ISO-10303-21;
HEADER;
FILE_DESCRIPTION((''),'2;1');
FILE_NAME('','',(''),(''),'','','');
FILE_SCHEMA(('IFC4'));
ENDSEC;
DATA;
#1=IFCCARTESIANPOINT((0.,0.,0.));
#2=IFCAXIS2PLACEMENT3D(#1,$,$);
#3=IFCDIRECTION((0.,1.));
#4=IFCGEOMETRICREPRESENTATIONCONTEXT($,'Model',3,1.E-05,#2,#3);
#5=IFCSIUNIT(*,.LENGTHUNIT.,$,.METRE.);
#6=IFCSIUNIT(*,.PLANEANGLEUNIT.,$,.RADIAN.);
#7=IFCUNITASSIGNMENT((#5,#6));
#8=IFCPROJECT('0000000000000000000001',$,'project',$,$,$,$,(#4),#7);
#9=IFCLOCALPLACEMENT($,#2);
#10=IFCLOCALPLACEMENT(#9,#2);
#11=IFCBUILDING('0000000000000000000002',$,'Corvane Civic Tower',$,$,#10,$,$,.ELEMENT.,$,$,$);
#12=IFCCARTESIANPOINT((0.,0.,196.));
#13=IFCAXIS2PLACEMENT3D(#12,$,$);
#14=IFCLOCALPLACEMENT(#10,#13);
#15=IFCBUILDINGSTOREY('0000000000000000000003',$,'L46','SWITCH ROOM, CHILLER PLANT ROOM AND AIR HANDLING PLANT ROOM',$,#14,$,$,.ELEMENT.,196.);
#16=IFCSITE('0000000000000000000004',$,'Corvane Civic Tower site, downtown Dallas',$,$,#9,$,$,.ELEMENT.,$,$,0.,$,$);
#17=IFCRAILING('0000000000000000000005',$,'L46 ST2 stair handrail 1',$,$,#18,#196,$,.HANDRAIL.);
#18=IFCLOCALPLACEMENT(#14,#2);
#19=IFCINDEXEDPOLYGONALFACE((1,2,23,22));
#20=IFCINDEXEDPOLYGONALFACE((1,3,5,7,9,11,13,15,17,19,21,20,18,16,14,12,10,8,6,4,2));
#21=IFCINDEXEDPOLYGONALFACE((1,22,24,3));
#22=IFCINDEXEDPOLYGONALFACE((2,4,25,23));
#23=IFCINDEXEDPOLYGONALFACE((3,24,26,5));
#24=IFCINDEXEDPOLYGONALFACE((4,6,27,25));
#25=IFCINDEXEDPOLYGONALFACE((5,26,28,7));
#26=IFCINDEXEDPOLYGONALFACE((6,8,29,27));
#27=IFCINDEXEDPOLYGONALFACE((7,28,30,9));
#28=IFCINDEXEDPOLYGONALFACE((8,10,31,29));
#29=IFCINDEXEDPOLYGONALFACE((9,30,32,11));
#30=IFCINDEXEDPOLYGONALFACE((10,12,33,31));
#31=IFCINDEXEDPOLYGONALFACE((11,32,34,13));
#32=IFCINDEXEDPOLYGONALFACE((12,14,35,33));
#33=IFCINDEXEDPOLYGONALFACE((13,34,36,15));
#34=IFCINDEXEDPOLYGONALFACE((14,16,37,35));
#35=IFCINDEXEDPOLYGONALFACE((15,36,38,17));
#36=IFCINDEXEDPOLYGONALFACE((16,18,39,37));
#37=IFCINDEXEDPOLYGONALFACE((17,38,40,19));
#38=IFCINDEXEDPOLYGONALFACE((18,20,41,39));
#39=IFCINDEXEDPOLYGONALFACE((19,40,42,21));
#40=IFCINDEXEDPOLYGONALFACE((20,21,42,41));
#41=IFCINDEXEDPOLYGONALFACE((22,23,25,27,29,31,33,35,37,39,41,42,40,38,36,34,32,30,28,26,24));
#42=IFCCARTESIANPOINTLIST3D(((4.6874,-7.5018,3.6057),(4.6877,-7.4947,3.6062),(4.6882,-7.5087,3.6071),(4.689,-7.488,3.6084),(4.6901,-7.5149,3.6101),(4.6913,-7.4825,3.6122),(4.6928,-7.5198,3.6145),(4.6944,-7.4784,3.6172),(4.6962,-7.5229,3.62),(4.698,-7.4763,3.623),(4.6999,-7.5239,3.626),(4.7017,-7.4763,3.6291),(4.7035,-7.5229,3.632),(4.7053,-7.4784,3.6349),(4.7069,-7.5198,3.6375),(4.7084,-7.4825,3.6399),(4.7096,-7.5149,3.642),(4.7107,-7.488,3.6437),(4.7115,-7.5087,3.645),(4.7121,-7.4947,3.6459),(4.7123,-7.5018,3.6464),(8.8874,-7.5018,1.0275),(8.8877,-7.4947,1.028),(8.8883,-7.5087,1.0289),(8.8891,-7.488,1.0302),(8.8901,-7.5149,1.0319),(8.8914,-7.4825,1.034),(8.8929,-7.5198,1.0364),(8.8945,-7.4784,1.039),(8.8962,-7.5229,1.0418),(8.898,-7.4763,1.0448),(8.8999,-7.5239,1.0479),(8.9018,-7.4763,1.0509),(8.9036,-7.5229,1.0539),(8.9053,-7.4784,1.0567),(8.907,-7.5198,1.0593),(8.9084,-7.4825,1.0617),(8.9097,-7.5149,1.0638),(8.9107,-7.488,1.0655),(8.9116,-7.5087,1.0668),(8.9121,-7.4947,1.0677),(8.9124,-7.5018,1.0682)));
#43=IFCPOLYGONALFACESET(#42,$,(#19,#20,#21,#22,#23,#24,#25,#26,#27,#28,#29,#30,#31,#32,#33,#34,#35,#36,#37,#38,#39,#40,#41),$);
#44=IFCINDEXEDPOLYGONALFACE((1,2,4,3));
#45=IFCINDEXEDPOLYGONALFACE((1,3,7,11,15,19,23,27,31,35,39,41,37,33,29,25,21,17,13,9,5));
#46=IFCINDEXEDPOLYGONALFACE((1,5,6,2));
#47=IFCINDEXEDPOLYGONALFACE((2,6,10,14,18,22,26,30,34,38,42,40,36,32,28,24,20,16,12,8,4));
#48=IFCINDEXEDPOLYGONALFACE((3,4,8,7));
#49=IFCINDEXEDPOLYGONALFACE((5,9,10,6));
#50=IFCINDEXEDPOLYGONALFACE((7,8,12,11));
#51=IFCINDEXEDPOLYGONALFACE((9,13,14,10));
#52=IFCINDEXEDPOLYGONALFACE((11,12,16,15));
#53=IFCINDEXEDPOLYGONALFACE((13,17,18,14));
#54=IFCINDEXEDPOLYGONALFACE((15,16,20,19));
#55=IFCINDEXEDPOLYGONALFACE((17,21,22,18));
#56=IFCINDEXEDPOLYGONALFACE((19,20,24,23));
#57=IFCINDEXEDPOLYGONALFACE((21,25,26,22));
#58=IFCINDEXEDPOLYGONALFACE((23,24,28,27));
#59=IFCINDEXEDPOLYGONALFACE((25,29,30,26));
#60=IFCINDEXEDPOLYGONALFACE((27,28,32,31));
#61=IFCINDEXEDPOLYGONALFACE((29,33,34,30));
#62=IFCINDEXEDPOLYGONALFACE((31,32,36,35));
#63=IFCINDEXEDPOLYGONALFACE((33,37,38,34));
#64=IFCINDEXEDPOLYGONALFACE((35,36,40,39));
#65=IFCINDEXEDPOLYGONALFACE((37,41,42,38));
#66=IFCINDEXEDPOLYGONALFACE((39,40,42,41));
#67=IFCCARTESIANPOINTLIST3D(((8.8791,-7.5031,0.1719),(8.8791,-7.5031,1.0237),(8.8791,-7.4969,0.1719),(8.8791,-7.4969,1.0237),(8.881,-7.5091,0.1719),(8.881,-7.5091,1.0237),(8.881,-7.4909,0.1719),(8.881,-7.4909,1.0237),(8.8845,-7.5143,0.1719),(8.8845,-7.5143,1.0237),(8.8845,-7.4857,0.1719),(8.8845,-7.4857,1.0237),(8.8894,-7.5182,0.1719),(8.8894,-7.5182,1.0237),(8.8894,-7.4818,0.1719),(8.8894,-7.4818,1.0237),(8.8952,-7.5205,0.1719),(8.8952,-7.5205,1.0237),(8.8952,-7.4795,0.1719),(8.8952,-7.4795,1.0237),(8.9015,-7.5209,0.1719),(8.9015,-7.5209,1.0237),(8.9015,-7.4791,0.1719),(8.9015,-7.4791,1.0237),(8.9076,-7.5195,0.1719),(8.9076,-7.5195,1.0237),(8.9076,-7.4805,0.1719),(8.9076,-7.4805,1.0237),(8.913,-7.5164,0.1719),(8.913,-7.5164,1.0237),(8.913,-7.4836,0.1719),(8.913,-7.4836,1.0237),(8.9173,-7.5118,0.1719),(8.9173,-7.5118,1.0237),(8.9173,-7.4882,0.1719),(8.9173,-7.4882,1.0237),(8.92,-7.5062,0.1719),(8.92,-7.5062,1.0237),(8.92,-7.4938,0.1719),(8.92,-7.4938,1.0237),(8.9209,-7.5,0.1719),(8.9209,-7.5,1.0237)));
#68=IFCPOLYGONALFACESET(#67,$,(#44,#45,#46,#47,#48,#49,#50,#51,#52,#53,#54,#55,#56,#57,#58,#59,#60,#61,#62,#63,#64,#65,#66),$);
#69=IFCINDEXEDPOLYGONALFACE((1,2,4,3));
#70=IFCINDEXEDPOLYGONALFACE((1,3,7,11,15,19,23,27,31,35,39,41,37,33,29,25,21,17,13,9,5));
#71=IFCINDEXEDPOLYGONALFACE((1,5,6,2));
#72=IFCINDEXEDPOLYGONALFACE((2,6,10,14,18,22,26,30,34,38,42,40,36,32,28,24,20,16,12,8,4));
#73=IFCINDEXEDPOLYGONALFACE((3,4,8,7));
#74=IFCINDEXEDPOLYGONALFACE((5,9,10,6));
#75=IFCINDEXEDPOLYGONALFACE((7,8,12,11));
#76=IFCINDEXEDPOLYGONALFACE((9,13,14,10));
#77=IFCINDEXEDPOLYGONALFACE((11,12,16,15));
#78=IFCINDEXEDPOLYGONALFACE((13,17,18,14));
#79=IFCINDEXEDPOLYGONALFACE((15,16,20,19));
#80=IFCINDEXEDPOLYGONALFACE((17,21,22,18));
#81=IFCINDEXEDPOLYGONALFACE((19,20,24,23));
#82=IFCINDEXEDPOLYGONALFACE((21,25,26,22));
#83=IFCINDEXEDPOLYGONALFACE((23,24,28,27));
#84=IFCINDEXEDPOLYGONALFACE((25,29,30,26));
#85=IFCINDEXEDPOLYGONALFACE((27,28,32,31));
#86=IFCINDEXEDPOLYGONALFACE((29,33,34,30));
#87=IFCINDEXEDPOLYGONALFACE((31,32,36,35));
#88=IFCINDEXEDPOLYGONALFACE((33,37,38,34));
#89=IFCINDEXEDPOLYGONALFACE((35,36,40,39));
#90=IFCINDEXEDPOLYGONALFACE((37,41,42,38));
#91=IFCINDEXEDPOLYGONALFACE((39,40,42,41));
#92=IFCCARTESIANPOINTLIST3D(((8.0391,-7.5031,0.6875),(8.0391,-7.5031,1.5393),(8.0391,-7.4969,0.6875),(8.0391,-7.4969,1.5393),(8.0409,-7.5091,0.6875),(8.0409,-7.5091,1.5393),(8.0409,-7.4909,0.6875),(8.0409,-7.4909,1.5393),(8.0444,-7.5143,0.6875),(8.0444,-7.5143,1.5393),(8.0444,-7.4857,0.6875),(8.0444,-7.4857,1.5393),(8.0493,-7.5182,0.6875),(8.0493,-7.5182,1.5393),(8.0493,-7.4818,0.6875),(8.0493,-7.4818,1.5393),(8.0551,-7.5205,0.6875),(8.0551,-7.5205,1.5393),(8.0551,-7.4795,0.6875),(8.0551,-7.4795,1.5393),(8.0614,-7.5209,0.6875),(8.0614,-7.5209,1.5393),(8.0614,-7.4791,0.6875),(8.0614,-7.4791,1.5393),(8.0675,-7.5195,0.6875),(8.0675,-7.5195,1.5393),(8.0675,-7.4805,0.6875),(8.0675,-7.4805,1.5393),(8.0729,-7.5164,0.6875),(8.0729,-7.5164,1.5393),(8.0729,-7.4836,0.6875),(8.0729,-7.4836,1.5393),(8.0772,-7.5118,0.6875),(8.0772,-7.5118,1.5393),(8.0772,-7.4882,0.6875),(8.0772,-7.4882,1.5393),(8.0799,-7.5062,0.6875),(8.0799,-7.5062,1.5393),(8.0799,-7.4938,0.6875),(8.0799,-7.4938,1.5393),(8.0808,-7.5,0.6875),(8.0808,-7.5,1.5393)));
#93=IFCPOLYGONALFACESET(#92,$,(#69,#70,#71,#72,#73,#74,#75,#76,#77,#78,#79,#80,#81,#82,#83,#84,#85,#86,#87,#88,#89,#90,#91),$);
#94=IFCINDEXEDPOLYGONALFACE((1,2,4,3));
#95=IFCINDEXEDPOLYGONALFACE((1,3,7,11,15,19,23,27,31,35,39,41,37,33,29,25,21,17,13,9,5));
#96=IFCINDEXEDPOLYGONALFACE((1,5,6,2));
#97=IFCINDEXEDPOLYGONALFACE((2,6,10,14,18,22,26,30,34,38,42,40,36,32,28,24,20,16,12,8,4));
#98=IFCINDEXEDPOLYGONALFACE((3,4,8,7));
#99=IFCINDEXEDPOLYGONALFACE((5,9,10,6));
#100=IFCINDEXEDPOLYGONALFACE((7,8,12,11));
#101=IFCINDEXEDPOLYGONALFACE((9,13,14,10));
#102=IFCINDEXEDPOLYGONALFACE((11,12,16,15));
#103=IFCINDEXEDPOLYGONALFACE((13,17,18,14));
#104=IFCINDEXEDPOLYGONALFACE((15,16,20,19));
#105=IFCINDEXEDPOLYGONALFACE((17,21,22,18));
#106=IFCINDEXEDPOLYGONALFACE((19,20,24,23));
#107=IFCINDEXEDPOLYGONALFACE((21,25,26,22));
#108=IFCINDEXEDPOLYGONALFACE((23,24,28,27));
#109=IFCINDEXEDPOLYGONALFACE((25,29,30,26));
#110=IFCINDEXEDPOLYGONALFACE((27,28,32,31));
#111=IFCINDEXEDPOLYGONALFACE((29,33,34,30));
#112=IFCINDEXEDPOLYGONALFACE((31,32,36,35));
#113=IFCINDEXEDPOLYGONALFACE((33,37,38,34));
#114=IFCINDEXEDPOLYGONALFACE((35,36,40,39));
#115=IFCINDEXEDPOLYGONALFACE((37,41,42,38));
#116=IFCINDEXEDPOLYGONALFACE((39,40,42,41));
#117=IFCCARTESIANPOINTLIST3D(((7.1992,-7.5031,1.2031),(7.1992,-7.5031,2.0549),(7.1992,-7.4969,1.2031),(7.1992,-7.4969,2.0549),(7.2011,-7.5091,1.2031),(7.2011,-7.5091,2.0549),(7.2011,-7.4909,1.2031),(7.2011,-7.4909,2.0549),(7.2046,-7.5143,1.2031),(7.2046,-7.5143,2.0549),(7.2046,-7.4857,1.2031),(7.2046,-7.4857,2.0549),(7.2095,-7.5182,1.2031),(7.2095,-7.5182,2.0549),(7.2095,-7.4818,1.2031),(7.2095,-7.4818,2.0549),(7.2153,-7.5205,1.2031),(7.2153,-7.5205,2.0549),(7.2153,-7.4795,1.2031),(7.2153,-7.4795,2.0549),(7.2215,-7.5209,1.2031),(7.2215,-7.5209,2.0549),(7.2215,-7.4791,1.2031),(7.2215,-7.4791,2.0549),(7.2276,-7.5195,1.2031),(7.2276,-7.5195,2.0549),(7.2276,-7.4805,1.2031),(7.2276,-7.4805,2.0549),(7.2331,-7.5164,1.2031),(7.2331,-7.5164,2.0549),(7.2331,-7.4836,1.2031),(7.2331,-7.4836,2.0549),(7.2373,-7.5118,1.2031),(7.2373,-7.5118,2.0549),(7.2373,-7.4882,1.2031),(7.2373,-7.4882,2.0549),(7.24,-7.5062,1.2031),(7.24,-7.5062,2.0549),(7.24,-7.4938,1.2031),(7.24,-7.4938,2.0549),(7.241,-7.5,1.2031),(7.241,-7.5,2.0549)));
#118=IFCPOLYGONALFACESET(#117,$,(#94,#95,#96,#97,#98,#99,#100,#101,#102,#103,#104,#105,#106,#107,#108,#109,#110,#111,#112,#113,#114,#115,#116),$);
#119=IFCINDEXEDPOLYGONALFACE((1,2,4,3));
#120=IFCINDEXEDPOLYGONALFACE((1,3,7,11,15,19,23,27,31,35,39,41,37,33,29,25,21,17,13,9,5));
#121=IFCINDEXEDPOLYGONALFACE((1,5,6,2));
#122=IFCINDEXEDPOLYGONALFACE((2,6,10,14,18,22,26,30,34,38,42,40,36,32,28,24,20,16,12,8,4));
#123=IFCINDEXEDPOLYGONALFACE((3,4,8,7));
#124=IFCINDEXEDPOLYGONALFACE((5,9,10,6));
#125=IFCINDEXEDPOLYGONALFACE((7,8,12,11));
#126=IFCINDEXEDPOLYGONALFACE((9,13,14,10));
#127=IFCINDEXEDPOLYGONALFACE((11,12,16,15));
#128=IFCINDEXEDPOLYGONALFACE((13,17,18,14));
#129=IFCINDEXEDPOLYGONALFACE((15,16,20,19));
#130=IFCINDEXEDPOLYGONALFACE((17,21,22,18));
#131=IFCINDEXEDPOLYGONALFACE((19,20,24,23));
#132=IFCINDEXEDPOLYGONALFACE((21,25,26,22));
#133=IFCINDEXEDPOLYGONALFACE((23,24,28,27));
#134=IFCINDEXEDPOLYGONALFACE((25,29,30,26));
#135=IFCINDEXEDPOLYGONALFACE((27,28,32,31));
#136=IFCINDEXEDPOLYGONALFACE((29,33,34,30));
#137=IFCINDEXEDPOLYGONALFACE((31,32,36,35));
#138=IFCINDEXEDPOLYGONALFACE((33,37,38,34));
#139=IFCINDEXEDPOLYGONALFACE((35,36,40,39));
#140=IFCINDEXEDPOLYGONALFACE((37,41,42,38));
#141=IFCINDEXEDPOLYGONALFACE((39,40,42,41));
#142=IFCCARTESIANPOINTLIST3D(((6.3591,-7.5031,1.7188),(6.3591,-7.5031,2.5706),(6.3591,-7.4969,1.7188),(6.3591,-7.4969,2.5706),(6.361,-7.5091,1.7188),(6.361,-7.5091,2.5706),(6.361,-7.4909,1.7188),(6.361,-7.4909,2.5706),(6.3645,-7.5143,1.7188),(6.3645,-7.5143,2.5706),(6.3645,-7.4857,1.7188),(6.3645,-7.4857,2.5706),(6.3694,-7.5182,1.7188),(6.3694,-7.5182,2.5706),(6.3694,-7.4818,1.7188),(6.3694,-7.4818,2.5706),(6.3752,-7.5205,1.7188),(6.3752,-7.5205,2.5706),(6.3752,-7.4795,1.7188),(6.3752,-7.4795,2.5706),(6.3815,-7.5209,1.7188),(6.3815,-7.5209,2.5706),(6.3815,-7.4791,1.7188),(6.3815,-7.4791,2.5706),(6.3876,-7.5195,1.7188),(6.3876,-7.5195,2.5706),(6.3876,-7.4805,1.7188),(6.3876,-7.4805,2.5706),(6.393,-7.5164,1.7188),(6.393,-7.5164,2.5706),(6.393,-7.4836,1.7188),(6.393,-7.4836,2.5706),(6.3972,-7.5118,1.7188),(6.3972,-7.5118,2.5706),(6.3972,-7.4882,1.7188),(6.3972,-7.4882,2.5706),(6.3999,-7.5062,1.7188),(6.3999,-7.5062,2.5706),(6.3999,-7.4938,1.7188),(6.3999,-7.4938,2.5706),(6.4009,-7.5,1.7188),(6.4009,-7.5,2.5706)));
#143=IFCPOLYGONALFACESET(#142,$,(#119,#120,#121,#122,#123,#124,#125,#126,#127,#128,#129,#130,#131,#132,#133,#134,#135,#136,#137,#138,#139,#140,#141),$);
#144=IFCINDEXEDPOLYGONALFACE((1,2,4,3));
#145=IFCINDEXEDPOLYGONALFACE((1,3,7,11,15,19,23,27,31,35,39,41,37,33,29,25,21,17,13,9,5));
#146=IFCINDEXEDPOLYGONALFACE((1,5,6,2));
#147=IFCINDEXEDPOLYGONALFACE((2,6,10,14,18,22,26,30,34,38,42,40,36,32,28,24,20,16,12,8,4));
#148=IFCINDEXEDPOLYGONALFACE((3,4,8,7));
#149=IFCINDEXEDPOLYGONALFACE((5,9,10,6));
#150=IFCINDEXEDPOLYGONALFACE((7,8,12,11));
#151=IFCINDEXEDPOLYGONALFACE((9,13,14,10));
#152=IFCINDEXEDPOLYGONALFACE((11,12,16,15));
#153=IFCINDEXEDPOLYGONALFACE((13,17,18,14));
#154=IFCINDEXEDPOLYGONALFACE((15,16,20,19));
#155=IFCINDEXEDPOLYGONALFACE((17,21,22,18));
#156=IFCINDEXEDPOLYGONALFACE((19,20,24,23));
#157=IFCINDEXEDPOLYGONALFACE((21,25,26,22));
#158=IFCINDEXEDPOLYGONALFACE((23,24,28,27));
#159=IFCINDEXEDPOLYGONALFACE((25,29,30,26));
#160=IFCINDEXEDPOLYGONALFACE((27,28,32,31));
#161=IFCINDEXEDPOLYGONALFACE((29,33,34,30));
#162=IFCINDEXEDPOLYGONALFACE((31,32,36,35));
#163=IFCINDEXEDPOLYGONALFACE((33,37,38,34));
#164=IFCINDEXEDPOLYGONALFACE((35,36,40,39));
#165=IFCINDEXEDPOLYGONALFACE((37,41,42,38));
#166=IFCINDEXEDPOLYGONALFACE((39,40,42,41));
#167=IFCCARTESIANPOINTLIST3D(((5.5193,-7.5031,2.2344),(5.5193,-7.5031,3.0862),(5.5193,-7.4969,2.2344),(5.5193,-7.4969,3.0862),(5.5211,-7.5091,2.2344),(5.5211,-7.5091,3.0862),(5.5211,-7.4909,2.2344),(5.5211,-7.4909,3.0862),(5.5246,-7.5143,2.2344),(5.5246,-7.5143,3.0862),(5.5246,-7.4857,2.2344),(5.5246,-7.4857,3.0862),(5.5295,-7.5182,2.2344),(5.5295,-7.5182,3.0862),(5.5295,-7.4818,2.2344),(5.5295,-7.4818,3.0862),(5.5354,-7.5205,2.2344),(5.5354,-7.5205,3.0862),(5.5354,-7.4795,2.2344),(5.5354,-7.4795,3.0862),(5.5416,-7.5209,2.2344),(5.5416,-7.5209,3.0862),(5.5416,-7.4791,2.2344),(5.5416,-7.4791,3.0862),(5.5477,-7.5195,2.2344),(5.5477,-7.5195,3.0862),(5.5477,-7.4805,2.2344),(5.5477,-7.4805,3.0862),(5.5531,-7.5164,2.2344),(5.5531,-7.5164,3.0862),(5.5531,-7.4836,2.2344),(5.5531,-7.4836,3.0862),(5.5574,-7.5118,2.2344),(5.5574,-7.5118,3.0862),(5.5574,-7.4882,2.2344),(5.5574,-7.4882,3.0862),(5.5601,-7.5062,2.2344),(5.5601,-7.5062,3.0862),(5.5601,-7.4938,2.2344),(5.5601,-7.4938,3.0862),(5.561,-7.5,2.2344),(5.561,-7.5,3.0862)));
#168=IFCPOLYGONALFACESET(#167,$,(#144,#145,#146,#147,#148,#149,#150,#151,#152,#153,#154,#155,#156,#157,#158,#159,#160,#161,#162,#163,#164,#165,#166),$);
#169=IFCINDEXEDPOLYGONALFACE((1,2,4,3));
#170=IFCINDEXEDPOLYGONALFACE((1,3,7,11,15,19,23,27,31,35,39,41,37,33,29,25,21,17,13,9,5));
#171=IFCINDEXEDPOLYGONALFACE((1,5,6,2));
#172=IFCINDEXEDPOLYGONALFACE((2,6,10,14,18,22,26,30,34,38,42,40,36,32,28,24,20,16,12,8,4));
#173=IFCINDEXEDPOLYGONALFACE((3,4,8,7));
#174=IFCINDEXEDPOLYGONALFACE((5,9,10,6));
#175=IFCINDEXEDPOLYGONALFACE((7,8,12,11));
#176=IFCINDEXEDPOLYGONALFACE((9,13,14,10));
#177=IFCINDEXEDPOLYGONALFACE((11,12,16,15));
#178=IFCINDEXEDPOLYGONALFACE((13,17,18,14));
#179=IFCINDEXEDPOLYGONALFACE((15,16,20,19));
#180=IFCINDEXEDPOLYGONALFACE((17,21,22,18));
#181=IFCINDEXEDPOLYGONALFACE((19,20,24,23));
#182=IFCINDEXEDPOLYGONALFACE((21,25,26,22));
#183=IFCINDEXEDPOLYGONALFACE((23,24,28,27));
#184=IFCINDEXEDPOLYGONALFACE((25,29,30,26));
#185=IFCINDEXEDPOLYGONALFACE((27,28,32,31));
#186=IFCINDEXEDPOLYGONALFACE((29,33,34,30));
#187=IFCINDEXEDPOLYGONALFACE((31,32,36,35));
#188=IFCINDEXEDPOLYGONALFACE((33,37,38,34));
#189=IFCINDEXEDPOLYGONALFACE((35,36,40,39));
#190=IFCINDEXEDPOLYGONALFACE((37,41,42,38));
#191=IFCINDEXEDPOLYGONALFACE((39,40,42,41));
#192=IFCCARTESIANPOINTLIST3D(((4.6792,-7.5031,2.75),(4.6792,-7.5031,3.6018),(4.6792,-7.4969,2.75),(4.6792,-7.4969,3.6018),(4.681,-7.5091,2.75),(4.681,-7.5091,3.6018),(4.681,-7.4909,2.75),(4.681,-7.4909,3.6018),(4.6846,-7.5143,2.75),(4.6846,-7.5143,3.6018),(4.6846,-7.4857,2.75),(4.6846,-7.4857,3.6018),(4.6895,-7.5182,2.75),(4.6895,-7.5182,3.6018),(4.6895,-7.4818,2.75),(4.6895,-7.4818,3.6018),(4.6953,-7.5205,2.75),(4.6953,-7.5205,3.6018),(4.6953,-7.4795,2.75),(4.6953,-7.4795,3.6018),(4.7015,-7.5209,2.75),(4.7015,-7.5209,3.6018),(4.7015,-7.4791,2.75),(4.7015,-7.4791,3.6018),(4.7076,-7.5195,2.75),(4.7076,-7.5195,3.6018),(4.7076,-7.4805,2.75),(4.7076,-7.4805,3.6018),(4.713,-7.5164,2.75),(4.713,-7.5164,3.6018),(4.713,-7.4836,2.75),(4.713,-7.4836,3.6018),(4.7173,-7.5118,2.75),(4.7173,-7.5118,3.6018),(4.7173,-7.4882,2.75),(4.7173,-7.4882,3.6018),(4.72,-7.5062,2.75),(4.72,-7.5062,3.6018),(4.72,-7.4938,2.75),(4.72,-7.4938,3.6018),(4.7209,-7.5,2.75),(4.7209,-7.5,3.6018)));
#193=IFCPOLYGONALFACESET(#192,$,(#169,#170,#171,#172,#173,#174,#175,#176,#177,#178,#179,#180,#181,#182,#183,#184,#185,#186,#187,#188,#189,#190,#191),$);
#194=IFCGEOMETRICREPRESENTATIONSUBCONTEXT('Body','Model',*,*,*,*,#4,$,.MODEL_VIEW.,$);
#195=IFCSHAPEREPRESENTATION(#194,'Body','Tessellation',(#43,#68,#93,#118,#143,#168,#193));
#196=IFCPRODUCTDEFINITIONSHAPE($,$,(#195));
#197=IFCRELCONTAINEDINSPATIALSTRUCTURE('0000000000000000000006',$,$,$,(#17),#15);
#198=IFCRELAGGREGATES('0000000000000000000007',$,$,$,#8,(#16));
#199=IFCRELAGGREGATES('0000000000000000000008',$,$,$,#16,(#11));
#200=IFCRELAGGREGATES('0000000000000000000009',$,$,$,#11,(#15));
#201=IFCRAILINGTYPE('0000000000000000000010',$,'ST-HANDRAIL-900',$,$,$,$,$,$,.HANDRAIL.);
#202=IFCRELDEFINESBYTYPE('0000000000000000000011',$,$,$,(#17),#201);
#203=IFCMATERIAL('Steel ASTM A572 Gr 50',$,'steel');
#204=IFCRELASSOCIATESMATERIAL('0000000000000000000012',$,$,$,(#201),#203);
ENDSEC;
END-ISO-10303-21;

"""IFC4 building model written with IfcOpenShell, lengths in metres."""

from ifc_helpers import new_model, si_unit, direction, frame, origin, origin_2d, place, context, subcontext, project, spatial, circle, extrude, material, type_object, element, save


model = new_model("IFC4")

# Units and contexts
model_context = context("Model", 3, precision=1e-05, world=origin(), true_north=direction((0.0, 1.0)))
body_context = subcontext(model_context, "Body", "Model", "MODEL_VIEW")
ifc_project = project(units=[si_unit("LENGTHUNIT", "METRE"), si_unit("PLANEANGLEUNIT", "RADIAN")], contexts=[model_context])

# Site, building, storey
site_placement = place(None, origin())
site = spatial("IfcSite", under=ifc_project, at=site_placement, Name="Corvane Civic Tower site, downtown Dallas", CompositionType="ELEMENT", RefElevation=0.0)
building_placement = place(site_placement, origin())
building = spatial("IfcBuilding", under=site, at=building_placement, Name="Corvane Civic Tower", CompositionType="ELEMENT")
storey_placement = place(building_placement, frame((0.0, 0.0, 196.0)))
storey = spatial("IfcBuildingStorey", under=building, at=storey_placement, Name="L46", Description="SWITCH ROOM, CHILLER PLANT ROOM AND AIR HANDLING PLANT ROOM", CompositionType="ELEMENT", Elevation=196.0)

# Railing
ifc_material_1 = material(Name="Steel ASTM A572 Gr 50", Category="steel")
railing_type_1 = type_object("IfcRailingType", Name="ST-HANDRAIL-900", PredefinedType="HANDRAIL", material=ifc_material_1)
railing_1_placement = place(storey_placement, frame((8.8999, -7.5, 0.1719)))
element("IfcRailing", 1, at=railing_1_placement, inside=storey, type_object=railing_type_1, Name="L46 ST2 stair handrail 1", PredefinedType="HANDRAIL", context=body_context, shape_type="SweptSolid", body=[
    extrude(circle(Radius=0.0239, at=origin_2d()), frame((0.0, 0.0, 0.876), z_axis=(-0.852243, 0.0, 0.523146), x_axis=(0.0, -1.0, 0.0)), (0.0, 0.0, 1.0), 4.9282),
    extrude(circle(Radius=0.021, at=origin_2d()), origin(), (0.0, 0.0, 1.0), 0.8518),
    extrude(circle(Radius=0.021, at=origin_2d()), frame((-0.8401, 0.0, 0.5156)), (0.0, 0.0, 1.0), 0.8518),
    extrude(circle(Radius=0.021, at=origin_2d()), frame((-1.6799, 0.0, 1.0312)), (0.0, 0.0, 1.0), 0.8518),
    extrude(circle(Radius=0.021, at=origin_2d()), frame((-2.52, 0.0, 1.5469)), (0.0, 0.0, 1.0), 0.8518),
    extrude(circle(Radius=0.021, at=origin_2d()), frame((-3.3599, 0.0, 2.0625)), (0.0, 0.0, 1.0), 0.8518),
    extrude(circle(Radius=0.021, at=origin_2d()), frame((-4.2, 0.0, 2.5781)), (0.0, 0.0, 1.0), 0.8518),
])

save(model, "model.ifc")
